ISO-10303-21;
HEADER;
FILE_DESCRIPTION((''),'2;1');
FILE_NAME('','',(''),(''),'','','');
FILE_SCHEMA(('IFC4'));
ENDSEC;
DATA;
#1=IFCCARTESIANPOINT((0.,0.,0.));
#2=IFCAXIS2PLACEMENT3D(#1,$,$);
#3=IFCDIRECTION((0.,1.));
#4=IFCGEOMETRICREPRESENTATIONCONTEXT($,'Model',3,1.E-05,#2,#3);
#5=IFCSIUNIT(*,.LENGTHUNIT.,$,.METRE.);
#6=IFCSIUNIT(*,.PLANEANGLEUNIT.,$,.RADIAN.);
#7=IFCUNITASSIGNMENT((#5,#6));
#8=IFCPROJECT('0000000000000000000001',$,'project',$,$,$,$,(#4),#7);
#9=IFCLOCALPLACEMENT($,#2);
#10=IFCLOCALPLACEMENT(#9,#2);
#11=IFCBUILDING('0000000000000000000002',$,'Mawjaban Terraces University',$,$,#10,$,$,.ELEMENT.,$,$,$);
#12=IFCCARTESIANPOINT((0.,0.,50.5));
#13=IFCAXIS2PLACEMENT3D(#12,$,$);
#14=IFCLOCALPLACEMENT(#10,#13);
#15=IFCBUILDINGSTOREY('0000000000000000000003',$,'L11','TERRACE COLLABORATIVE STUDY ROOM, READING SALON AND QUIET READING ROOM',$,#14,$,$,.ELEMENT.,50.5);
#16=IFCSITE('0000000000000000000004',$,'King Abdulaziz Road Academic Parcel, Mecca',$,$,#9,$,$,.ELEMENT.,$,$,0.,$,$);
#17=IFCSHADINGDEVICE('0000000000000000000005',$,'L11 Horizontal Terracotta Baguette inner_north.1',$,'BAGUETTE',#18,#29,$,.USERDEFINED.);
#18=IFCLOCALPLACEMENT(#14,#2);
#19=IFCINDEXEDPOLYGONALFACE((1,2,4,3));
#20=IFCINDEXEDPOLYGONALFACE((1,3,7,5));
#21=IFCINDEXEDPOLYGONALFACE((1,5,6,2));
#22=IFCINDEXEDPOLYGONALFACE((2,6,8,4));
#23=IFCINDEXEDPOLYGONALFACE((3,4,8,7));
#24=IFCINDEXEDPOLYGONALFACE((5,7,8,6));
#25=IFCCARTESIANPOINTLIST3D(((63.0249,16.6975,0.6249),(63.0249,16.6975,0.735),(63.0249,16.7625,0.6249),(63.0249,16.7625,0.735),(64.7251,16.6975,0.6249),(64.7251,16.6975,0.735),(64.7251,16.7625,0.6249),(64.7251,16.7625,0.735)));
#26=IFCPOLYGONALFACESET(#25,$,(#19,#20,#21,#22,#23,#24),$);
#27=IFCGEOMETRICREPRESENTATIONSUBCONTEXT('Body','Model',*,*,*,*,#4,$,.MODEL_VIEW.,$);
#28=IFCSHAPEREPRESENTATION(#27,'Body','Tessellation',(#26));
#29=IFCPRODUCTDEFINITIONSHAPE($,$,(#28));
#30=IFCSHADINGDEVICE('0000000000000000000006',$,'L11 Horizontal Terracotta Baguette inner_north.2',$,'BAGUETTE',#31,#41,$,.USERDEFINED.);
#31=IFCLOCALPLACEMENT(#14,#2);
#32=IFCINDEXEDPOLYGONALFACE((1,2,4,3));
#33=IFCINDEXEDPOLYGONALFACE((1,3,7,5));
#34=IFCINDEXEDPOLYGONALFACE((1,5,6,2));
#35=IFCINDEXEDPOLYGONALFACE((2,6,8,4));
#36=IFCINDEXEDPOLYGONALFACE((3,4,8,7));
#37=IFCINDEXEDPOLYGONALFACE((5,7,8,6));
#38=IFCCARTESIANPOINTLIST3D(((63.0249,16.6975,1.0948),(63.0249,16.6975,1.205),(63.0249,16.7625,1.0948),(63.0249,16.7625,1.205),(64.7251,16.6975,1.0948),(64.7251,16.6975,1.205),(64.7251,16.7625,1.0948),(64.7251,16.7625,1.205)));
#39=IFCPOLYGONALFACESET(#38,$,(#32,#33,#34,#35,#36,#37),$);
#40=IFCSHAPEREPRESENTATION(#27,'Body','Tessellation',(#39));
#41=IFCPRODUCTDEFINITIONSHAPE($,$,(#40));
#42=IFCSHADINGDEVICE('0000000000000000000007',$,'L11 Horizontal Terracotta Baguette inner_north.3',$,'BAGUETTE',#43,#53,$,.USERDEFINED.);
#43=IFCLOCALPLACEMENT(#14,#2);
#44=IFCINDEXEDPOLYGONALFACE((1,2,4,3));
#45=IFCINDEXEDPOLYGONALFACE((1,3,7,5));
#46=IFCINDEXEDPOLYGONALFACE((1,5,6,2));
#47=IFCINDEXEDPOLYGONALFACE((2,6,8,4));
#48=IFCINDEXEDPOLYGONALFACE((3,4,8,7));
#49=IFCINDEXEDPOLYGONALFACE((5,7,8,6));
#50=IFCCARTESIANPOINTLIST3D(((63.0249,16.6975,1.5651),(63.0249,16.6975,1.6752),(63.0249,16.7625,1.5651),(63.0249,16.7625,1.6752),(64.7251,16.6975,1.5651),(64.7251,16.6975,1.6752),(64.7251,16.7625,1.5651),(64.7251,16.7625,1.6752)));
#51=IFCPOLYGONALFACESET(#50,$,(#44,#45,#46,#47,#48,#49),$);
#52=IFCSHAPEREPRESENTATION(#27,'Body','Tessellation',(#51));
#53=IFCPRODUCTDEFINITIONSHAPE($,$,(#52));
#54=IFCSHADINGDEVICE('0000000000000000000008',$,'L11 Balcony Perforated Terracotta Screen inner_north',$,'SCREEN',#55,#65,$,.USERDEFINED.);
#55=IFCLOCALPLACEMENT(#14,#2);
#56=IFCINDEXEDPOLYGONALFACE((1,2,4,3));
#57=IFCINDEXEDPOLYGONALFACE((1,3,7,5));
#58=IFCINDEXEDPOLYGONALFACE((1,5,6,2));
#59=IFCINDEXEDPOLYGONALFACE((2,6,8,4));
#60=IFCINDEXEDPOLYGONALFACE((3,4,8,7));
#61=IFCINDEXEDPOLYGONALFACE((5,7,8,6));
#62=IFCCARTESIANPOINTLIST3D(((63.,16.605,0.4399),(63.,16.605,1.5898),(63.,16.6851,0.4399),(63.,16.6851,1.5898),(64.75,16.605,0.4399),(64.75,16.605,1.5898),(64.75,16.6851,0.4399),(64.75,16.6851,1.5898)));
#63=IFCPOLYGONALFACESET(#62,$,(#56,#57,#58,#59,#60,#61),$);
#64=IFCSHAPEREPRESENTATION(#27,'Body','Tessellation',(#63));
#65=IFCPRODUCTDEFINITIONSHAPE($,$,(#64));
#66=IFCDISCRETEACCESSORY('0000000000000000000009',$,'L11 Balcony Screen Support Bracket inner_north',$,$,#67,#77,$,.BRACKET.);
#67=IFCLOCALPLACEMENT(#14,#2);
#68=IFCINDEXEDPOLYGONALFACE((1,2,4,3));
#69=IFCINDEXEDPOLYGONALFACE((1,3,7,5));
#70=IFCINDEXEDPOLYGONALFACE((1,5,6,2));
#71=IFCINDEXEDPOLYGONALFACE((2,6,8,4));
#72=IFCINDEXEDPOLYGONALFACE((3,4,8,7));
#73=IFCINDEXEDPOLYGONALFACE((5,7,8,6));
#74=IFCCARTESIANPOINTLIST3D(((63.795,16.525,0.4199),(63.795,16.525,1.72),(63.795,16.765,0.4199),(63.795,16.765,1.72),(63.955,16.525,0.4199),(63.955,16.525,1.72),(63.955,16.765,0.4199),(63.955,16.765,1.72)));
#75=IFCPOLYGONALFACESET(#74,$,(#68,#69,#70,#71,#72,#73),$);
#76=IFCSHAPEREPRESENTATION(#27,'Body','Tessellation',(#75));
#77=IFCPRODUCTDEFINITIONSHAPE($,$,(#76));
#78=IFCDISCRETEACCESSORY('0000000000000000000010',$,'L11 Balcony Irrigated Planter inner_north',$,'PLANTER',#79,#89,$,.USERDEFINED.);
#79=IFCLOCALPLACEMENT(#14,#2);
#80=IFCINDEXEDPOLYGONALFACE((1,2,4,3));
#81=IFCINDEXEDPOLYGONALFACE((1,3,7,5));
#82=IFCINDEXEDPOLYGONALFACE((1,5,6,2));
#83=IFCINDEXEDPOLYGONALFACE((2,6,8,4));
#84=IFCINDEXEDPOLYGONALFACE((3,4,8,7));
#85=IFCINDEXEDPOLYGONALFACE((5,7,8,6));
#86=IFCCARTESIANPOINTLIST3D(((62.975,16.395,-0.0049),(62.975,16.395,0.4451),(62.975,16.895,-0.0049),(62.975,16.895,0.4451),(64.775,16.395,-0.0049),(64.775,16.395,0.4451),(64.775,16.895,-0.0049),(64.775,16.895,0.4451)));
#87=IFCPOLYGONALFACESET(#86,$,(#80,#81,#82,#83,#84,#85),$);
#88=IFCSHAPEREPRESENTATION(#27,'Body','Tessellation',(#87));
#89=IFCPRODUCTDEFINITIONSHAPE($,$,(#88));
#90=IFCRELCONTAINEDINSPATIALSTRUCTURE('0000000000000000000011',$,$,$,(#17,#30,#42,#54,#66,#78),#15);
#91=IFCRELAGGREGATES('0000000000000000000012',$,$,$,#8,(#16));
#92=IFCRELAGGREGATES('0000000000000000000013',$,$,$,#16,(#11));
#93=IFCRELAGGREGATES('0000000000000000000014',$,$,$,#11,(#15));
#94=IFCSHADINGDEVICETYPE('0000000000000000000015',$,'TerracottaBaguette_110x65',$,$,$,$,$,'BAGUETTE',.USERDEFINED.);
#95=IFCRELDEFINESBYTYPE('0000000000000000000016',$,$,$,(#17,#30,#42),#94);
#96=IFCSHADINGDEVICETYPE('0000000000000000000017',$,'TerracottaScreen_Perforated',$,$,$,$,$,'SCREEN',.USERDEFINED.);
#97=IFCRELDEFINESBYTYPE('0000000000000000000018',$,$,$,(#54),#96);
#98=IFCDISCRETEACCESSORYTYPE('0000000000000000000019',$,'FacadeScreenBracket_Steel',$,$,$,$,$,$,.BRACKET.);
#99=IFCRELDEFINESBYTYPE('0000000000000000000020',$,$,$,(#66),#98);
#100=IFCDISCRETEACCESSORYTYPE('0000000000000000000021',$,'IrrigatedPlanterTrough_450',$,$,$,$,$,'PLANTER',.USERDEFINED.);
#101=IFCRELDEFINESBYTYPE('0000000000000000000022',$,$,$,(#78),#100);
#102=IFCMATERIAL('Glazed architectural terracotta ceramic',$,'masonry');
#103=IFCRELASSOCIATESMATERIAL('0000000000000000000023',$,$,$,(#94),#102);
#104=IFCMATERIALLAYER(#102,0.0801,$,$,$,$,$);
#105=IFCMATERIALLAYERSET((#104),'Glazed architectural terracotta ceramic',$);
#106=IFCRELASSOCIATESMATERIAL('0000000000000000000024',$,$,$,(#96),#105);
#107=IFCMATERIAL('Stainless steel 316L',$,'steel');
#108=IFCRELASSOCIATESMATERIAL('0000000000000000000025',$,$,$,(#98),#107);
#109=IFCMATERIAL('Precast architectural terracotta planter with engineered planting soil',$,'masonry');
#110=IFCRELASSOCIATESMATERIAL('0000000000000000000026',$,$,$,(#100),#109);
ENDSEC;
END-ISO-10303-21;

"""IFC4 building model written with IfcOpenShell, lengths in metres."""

from ifc_helpers import new_model, si_unit, direction, frame, origin, origin_2d, place, context, subcontext, project, spatial, rectangle, extrude, material, layer, layer_set, material_profile, profile_set, type_object, element, save


model = new_model("IFC4")

# Units and contexts
model_context = context("Model", 3, precision=1e-05, world=origin(), true_north=direction((0.0, 1.0)))
body_context = subcontext(model_context, "Body", "Model", "MODEL_VIEW")
ifc_project = project(units=[si_unit("LENGTHUNIT", "METRE"), si_unit("PLANEANGLEUNIT", "RADIAN")], contexts=[model_context])

# Site, building, storey
site_placement = place(None, origin())
site = spatial("IfcSite", under=ifc_project, at=site_placement, Name="King Abdulaziz Road Academic Parcel, Mecca", CompositionType="ELEMENT", RefElevation=0.0)
building_placement = place(site_placement, origin())
building = spatial("IfcBuilding", under=site, at=building_placement, Name="Mawjaban Terraces University", CompositionType="ELEMENT")
storey_placement = place(building_placement, frame((0.0, 0.0, 50.5)))
storey = spatial("IfcBuildingStorey", under=building, at=storey_placement, Name="L11", Description="TERRACE COLLABORATIVE STUDY ROOM, READING SALON AND QUIET READING ROOM", CompositionType="ELEMENT", Elevation=50.5)

# Shading devices
ifc_material_1 = material(Name="Glazed architectural terracotta ceramic", Category="masonry")
ifc_material_profile_1 = material_profile(ifc_material_1, rectangle(XDim=0.0649, YDim=0.1101, at=origin_2d()), Name="TBAG110X65")
ifc_profile_set_1 = profile_set([ifc_material_profile_1], Name="Glazed architectural terracotta ceramic")
shading_device_type_1 = type_object("IfcShadingDeviceType", Name="TerracottaBaguette_110x65", ElementType="BAGUETTE", PredefinedType="USERDEFINED", material=ifc_profile_set_1)
for number, where, z_axis, x_axis, name in (
    (1, (63.0249, 16.73, 0.6799), (1.0, 0.0, 0.0), (0.0, 1.0, 0.0), "L11 Horizontal Terracotta Baguette inner_north.1"),
    (2, (63.0249, 16.73, 1.1499), (1.0, 0.0, 0.0), (0.0, 1.0, 0.0), "L11 Horizontal Terracotta Baguette inner_north.2"),
    (3, (63.0249, 16.73, 1.6201), (1.0, 0.0, 0.0), (0.0, 1.0, 0.0), "L11 Horizontal Terracotta Baguette inner_north.3"),
):
    element("IfcShadingDevice", number, at=place(storey_placement, frame(where, z_axis=z_axis, x_axis=x_axis)), inside=storey, type_object=shading_device_type_1, Name=name, ObjectType="BAGUETTE", PredefinedType="USERDEFINED", context=body_context, shape_type="SweptSolid", body=[
        extrude(rectangle(XDim=0.0649, YDim=0.1101, at=origin_2d()), origin(), (0.0, 0.0, 1.0), 1.7002),
    ])
ifc_layer_1 = layer(ifc_material_1, 0.0801)
ifc_layer_set_1 = layer_set([ifc_layer_1], Name="Glazed architectural terracotta ceramic")
shading_device_type_2 = type_object("IfcShadingDeviceType", Name="TerracottaScreen_Perforated", ElementType="SCREEN", PredefinedType="USERDEFINED", material=ifc_layer_set_1)
shading_device_placement = place(storey_placement, frame((63.875, 16.645, 0.4399), z_axis=(0.0, 0.0, 1.0), x_axis=(1.0, 0.0, 0.0)))
element("IfcShadingDevice", 4, at=shading_device_placement, inside=storey, type_object=shading_device_type_2, Name="L11 Balcony Perforated Terracotta Screen inner_north", ObjectType="SCREEN", PredefinedType="USERDEFINED", context=body_context, shape_type="SweptSolid", body=[
    extrude(rectangle(XDim=1.75, YDim=0.0801, at=origin_2d()), origin(), (0.0, 0.0, 1.0), 1.1499),
])

# Discrete accessories
ifc_material_2 = material(Name="Stainless steel 316L", Category="steel")
discrete_accessory_type_1 = type_object("IfcDiscreteAccessoryType", Name="FacadeScreenBracket_Steel", PredefinedType="BRACKET", material=ifc_material_2)
discrete_accessory_1_placement = place(storey_placement, frame((63.875, 16.645, 0.4199), z_axis=(0.0, 0.0, 1.0), x_axis=(1.0, 0.0, 0.0)))
element("IfcDiscreteAccessory", 5, at=discrete_accessory_1_placement, inside=storey, type_object=discrete_accessory_type_1, Name="L11 Balcony Screen Support Bracket inner_north", PredefinedType="BRACKET", context=body_context, shape_type="SweptSolid", body=[
    extrude(rectangle(XDim=0.1599, YDim=0.24, at=origin_2d()), origin(), (0.0, 0.0, 1.0), 1.3),
])
ifc_material_3 = material(Name="Precast architectural terracotta planter with engineered planting soil", Category="masonry")
discrete_accessory_type_2 = type_object("IfcDiscreteAccessoryType", Name="IrrigatedPlanterTrough_450", ElementType="PLANTER", PredefinedType="USERDEFINED", material=ifc_material_3)
discrete_accessory_2_placement = place(storey_placement, frame((63.875, 16.645, -0.0049), z_axis=(0.0, 0.0, 1.0), x_axis=(1.0, 0.0, 0.0)))
element("IfcDiscreteAccessory", 6, at=discrete_accessory_2_placement, inside=storey, type_object=discrete_accessory_type_2, Name="L11 Balcony Irrigated Planter inner_north", ObjectType="PLANTER", PredefinedType="USERDEFINED", context=body_context, shape_type="SweptSolid", body=[
    extrude(rectangle(XDim=1.8, YDim=0.5, at=origin_2d()), origin(), (0.0, 0.0, 1.0), 0.45),
])

save(model, "model.ifc")
